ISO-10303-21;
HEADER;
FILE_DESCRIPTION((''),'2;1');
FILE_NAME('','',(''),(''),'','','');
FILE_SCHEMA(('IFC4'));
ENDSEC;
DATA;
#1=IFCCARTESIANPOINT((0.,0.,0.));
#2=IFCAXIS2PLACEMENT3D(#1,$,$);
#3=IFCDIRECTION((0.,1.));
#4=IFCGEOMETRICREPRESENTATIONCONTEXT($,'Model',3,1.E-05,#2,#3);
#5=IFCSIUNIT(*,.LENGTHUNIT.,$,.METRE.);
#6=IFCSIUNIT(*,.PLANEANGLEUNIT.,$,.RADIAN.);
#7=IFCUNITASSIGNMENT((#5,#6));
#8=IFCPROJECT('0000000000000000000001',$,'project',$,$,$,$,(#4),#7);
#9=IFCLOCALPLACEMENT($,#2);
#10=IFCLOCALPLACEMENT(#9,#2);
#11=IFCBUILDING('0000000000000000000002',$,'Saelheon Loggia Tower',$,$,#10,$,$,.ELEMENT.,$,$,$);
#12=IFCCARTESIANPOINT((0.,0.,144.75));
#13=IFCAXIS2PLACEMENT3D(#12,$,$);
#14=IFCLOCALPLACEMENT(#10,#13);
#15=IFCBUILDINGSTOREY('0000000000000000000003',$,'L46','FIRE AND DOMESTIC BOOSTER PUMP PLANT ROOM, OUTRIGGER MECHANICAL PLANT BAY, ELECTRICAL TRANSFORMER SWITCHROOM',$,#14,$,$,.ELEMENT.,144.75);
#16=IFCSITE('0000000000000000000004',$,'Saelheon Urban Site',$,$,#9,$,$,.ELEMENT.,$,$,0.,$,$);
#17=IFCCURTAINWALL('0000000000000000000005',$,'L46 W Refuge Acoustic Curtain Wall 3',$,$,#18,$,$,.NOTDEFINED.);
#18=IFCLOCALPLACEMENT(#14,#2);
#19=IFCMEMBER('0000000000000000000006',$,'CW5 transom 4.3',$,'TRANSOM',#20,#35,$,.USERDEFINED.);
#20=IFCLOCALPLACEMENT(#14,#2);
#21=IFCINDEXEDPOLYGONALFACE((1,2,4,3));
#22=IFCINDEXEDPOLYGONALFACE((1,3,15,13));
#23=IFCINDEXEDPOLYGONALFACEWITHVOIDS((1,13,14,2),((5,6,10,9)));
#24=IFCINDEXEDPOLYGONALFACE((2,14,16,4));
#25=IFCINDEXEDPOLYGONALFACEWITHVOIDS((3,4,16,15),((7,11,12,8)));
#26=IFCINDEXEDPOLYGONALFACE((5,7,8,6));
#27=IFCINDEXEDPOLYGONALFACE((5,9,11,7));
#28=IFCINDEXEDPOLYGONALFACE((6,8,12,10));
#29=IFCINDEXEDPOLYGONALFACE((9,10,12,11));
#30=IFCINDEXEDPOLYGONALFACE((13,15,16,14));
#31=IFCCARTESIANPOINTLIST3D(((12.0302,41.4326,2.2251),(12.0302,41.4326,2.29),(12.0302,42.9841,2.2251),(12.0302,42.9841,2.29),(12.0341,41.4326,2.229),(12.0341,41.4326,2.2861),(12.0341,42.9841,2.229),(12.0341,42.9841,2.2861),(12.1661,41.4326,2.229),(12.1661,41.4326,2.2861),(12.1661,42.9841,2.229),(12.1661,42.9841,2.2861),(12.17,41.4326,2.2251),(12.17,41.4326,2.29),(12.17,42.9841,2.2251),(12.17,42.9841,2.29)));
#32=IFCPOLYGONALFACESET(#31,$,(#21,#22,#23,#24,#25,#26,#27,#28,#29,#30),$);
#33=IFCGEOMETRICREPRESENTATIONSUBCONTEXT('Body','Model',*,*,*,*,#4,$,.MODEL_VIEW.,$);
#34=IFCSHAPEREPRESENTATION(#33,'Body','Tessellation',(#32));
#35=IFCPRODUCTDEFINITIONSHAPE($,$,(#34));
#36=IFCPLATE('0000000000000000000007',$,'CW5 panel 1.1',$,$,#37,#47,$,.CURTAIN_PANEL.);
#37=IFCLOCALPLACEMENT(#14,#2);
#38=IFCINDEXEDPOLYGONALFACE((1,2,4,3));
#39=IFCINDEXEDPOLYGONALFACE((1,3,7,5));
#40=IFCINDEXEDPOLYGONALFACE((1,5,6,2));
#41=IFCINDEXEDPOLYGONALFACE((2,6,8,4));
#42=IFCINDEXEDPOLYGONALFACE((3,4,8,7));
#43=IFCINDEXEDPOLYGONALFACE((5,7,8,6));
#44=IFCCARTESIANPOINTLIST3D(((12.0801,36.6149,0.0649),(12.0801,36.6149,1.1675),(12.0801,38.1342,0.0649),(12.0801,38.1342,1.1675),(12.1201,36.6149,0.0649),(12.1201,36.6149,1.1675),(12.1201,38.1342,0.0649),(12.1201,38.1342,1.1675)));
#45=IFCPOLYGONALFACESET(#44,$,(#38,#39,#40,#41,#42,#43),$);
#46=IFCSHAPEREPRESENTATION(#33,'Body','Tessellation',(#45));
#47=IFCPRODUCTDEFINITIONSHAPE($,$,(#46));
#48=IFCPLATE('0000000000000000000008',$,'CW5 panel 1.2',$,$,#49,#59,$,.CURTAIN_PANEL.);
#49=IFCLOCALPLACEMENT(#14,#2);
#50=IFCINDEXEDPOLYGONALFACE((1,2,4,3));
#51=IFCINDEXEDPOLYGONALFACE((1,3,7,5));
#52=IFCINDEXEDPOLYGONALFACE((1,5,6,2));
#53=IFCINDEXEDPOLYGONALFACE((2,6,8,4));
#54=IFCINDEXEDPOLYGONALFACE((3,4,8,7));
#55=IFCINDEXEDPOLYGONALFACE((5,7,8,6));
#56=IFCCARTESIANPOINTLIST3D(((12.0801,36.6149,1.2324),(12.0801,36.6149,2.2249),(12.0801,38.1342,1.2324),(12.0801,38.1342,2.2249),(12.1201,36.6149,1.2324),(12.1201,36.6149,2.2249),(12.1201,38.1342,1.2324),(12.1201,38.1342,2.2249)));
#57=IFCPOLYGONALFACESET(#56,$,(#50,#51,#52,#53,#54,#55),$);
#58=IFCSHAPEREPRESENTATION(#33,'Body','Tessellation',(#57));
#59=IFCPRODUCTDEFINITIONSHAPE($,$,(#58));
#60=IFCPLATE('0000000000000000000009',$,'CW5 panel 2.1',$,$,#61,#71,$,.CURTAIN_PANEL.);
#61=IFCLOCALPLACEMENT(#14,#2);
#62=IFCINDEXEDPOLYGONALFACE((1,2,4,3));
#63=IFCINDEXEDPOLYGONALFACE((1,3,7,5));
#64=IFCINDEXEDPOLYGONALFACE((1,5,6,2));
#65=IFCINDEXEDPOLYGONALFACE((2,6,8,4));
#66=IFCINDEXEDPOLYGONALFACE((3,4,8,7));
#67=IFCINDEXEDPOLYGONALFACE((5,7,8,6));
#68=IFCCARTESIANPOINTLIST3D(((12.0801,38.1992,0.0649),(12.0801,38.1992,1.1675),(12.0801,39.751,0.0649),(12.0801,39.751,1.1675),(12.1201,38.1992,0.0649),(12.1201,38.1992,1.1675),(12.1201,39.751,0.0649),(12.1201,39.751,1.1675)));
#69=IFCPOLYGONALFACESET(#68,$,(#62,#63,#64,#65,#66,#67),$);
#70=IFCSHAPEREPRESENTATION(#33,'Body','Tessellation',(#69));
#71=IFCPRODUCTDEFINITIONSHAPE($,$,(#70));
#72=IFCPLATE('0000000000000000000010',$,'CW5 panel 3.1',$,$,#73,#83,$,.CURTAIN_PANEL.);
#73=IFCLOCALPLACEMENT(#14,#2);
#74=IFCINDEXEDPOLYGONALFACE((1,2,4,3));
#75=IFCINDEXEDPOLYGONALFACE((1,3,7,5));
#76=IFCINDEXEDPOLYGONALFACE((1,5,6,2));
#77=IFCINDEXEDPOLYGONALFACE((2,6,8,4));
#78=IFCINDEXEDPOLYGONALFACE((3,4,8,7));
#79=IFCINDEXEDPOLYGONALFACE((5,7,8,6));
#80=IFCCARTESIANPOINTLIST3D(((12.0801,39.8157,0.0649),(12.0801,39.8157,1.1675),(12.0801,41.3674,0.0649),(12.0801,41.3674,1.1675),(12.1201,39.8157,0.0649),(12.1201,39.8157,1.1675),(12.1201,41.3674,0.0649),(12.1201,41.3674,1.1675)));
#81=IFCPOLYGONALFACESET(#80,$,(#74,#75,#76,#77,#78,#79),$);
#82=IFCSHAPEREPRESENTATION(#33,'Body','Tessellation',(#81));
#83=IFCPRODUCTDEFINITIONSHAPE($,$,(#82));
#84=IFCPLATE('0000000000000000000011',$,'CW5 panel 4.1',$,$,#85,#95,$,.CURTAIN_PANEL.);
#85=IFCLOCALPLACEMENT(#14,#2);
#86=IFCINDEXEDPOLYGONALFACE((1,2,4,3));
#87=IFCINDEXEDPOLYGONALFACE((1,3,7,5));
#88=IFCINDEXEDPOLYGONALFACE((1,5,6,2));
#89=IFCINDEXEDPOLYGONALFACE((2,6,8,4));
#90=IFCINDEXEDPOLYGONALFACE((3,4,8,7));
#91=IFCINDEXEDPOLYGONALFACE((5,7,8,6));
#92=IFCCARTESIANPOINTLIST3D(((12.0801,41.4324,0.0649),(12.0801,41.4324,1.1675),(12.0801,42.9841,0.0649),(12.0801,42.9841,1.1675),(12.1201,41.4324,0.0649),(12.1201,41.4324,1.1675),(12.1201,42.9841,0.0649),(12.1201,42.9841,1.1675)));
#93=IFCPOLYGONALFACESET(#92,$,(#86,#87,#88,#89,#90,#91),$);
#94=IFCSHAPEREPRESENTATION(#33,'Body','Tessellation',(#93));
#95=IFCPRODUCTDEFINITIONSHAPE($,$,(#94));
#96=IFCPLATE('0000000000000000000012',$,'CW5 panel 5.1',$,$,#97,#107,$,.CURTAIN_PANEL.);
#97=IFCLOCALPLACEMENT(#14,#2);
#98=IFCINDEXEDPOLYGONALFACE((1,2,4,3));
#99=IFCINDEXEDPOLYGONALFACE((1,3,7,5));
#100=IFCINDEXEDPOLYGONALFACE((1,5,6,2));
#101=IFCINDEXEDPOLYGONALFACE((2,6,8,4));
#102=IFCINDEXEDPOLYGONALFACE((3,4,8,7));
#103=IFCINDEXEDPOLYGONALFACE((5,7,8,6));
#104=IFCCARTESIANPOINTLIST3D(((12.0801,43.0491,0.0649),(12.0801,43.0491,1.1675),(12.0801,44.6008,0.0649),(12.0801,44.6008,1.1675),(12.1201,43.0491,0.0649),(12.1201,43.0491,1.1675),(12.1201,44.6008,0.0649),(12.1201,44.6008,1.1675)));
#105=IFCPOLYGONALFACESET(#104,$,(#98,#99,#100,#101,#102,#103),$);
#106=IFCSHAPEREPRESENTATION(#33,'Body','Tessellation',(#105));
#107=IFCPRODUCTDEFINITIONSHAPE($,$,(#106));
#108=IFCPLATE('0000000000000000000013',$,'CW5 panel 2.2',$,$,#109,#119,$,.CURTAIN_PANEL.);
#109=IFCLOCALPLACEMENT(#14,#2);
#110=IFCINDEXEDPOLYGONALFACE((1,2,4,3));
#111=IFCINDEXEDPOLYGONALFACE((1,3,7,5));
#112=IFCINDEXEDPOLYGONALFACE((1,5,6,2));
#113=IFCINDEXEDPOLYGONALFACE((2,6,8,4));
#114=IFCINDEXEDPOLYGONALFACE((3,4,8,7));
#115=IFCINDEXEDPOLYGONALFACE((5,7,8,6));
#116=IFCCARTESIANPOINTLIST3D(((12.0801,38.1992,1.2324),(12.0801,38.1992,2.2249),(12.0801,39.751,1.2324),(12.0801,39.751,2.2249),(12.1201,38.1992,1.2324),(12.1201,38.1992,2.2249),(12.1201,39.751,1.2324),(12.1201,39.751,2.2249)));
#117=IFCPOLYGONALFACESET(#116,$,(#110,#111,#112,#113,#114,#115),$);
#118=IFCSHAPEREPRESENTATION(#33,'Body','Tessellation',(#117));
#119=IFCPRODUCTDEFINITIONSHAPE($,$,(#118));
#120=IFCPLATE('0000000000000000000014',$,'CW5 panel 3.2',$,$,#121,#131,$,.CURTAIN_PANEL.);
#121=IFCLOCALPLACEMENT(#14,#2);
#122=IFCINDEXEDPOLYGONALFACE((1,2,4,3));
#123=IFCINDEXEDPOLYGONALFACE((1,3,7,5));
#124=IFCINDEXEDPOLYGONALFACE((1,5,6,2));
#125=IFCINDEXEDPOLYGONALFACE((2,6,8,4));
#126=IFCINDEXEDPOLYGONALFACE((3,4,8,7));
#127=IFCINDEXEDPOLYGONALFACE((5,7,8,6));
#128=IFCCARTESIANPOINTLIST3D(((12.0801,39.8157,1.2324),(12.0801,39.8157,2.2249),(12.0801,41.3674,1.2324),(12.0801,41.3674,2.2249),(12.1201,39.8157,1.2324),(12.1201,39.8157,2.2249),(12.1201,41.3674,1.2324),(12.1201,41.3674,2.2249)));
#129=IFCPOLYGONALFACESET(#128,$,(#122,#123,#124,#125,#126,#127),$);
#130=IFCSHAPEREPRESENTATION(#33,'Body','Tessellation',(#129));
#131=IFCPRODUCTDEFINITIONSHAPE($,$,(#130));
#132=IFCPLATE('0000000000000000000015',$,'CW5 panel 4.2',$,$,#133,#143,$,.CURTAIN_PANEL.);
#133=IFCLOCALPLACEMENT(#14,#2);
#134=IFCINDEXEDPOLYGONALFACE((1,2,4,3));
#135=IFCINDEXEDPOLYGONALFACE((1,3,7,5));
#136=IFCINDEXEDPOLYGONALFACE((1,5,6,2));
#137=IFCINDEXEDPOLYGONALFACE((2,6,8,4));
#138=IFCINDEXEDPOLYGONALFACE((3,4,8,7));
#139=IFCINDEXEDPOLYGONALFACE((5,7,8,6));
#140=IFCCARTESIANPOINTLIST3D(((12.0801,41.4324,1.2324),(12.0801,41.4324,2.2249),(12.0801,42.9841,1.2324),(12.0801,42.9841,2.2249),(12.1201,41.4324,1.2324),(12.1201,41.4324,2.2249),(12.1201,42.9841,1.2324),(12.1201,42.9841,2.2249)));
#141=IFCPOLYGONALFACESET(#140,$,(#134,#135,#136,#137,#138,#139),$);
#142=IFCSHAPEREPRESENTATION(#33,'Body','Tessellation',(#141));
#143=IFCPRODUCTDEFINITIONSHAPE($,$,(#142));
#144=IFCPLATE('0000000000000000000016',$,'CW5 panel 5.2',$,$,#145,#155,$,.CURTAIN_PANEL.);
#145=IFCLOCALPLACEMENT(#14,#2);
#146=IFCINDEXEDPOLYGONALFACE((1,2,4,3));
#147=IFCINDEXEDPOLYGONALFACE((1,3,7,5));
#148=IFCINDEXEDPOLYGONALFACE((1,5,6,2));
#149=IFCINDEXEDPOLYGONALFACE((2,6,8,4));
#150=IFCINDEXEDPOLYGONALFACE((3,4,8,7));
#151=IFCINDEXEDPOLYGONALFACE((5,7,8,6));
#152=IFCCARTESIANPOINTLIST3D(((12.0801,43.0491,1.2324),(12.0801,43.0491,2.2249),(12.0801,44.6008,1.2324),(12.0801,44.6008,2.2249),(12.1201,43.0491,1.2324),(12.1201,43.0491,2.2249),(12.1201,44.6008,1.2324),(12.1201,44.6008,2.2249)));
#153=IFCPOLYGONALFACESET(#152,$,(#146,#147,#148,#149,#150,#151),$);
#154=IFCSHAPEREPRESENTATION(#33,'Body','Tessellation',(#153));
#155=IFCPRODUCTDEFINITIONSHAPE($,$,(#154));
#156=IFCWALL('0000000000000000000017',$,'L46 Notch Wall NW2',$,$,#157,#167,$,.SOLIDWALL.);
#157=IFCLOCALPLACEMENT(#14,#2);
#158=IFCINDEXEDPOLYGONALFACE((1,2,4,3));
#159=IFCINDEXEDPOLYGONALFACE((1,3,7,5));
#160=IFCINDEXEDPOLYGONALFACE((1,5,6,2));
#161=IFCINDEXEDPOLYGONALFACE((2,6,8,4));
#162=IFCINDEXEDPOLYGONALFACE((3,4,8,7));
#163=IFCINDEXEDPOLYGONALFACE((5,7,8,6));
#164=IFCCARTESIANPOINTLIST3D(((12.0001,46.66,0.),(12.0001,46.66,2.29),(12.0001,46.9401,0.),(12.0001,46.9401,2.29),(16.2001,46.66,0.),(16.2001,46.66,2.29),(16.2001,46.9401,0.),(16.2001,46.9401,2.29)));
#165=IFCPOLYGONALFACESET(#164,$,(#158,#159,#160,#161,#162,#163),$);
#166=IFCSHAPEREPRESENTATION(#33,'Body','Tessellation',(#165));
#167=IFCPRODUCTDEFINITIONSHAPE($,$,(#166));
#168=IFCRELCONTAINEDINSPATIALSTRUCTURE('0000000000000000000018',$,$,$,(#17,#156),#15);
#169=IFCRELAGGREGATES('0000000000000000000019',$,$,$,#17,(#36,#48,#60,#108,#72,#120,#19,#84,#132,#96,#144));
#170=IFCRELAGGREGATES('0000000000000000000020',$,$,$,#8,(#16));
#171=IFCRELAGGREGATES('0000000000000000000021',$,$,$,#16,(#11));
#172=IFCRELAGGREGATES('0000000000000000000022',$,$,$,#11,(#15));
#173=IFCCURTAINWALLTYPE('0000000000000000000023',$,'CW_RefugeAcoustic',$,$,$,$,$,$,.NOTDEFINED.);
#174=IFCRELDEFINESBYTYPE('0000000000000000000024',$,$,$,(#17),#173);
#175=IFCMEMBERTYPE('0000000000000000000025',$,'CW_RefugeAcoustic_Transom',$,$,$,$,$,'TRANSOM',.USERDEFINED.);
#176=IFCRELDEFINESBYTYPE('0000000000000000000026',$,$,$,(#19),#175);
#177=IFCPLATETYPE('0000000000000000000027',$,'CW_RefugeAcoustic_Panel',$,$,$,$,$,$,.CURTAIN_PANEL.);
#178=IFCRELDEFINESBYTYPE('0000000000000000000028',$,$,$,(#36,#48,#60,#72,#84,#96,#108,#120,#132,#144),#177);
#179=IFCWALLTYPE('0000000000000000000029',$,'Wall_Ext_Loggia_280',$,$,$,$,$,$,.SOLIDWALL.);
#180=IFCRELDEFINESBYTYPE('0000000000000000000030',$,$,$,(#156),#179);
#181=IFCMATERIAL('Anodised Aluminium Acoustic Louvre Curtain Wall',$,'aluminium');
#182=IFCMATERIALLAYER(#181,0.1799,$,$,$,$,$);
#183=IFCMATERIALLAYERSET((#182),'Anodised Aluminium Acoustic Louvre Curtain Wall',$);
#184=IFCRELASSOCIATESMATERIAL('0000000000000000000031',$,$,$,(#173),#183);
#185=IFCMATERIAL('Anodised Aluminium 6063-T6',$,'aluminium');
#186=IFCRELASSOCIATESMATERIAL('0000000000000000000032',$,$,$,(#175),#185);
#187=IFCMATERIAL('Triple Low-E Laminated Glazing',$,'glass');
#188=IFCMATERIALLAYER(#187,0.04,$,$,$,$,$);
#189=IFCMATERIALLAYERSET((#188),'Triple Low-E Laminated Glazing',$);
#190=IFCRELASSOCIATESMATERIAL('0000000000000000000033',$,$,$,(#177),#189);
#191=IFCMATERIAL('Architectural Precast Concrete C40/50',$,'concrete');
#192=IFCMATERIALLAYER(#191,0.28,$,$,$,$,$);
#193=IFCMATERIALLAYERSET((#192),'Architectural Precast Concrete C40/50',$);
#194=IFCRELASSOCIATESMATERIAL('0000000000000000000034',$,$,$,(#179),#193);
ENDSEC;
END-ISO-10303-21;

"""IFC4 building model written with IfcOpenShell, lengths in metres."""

from ifc_helpers import new_model, si_unit, direction, frame, frame_2d, origin, origin_2d, place, context, subcontext, project, spatial, rectangle, hollow_rectangle, extrude, source, transform, mapped, material, layer, layer_set, material_profile, profile_set, type_object, element, aggregate, save


model = new_model("IFC4")

# Units and contexts
model_context = context("Model", 3, precision=1e-05, world=origin(), true_north=direction((0.0, 1.0)))
body_context = subcontext(model_context, "Body", "Model", "MODEL_VIEW")
ifc_project = project(units=[si_unit("LENGTHUNIT", "METRE"), si_unit("PLANEANGLEUNIT", "RADIAN")], contexts=[model_context])

# Site, building, storey
site_placement = place(None, origin())
site = spatial("IfcSite", under=ifc_project, at=site_placement, Name="Saelheon Urban Site", CompositionType="ELEMENT", RefElevation=0.0)
building_placement = place(site_placement, origin())
building = spatial("IfcBuilding", under=site, at=building_placement, Name="Saelheon Loggia Tower", CompositionType="ELEMENT")
storey_placement = place(building_placement, frame((0.0, 0.0, 144.75)))
storey = spatial("IfcBuildingStorey", under=building, at=storey_placement, Name="L46", Description="FIRE AND DOMESTIC BOOSTER PUMP PLANT ROOM, OUTRIGGER MECHANICAL PLANT BAY, ELECTRICAL TRANSFORMER SWITCHROOM", CompositionType="ELEMENT", Elevation=144.75)

# Curtain wall, member, plates
ifc_material_1 = material(Name="Anodised Aluminium Acoustic Louvre Curtain Wall", Category="aluminium")
ifc_layer_1 = layer(ifc_material_1, 0.1799)
ifc_layer_set_1 = layer_set([ifc_layer_1], Name="Anodised Aluminium Acoustic Louvre Curtain Wall")
curtain_wall_type = type_object("IfcCurtainWallType", Name="CW_RefugeAcoustic", PredefinedType="NOTDEFINED", material=ifc_layer_set_1)
curtain_wall_placement = place(storey_placement, origin())
curtain_wall = element("IfcCurtainWall", 1, at=curtain_wall_placement, inside=storey, type_object=curtain_wall_type, Name="L46 W Refuge Acoustic Curtain Wall 3", PredefinedType="NOTDEFINED")
ifc_material_2 = material(Name="Anodised Aluminium 6063-T6", Category="aluminium")
ifc_material_profile_1 = material_profile(ifc_material_2, hollow_rectangle(XDim=0.0649, YDim=0.1399, WallThickness=0.0039, at=origin_2d()), Name="RHS-140x65x4")
ifc_profile_set_1 = profile_set([ifc_material_profile_1], Name="Anodised Aluminium 6063-T6")
member_type_1 = type_object("IfcMemberType", Name="CW_RefugeAcoustic_Transom", ElementType="TRANSOM", PredefinedType="USERDEFINED", material=ifc_profile_set_1)
shared_shape_1 = source(origin(), body_context, "Body", "SweptSolid", [
    extrude(hollow_rectangle(XDim=0.0649, YDim=0.1399, WallThickness=0.0039, at=origin_2d()), origin(), (0.0, 0.0, 1.0), 1.5515),
])
member_1_placement = place(storey_placement, frame((12.1001, 41.4326, 2.2576), z_axis=(0.0, 1.0, 0.0), x_axis=(0.0, 0.0, 1.0)))
member_1 = element("IfcMember", 2, at=member_1_placement, type_object=member_type_1, Name="CW5 transom 4.3", ObjectType="TRANSOM", PredefinedType="USERDEFINED", context=body_context, shape_type="MappedRepresentation", body=[
    mapped(shared_shape_1, transform((0.0, 0.0, 0.0), scale=1.0)),
])
ifc_material_3 = material(Name="Triple Low-E Laminated Glazing", Category="glass")
ifc_layer_2 = layer(ifc_material_3, 0.04)
ifc_layer_set_2 = layer_set([ifc_layer_2], Name="Triple Low-E Laminated Glazing")
plate_type = type_object("IfcPlateType", Name="CW_RefugeAcoustic_Panel", PredefinedType="CURTAIN_PANEL", material=ifc_layer_set_2)
shared_shape_2 = source(origin(), body_context, "Body", "SweptSolid", [
    extrude(rectangle(XDim=1.5193, YDim=0.04, at=origin_2d()), origin(), (0.0, 0.0, 1.0), 1.1025),
])
plate_1_placement = place(storey_placement, frame((12.1001, 37.3745, 0.0649), z_axis=(0.0, 0.0, 1.0), x_axis=(0.0, 1.0, 0.0)))
plate_1 = element("IfcPlate", 3, at=plate_1_placement, type_object=plate_type, Name="CW5 panel 1.1", PredefinedType="CURTAIN_PANEL", context=body_context, shape_type="MappedRepresentation", body=[
    mapped(shared_shape_2, transform((0.0, 0.0, 0.0), scale=1.0)),
])
shared_shape_3 = source(origin(), body_context, "Body", "SweptSolid", [
    extrude(rectangle(XDim=1.5193, YDim=0.04, at=origin_2d()), origin(), (0.0, 0.0, 1.0), 0.9924),
])
plate_2_placement = place(storey_placement, frame((12.1001, 37.3745, 1.2324), z_axis=(0.0, 0.0, 1.0), x_axis=(0.0, 1.0, 0.0)))
plate_2 = element("IfcPlate", 4, at=plate_2_placement, type_object=plate_type, Name="CW5 panel 1.2", PredefinedType="CURTAIN_PANEL", context=body_context, shape_type="MappedRepresentation", body=[
    mapped(shared_shape_3, transform((0.0, 0.0, 0.0), scale=1.0)),
])
shared_shape_4 = source(origin(), body_context, "Body", "SweptSolid", [
    extrude(rectangle(XDim=1.5518, YDim=0.04, at=origin_2d()), origin(), (0.0, 0.0, 1.0), 1.1025),
])
plate_3_placement = place(storey_placement, frame((12.1001, 38.9751, 0.0649), z_axis=(0.0, 0.0, 1.0), x_axis=(0.0, 1.0, 0.0)))
plate_3 = element("IfcPlate", 5, at=plate_3_placement, type_object=plate_type, Name="CW5 panel 2.1", PredefinedType="CURTAIN_PANEL", context=body_context, shape_type="MappedRepresentation", body=[
    mapped(shared_shape_4, transform((0.0, 0.0, 0.0), scale=1.0)),
])
plate_4_placement = place(storey_placement, frame((12.1001, 40.5916, 0.0649), z_axis=(0.0, 0.0, 1.0), x_axis=(0.0, 1.0, 0.0)))
plate_4 = element("IfcPlate", 6, at=plate_4_placement, type_object=plate_type, Name="CW5 panel 3.1", PredefinedType="CURTAIN_PANEL", context=body_context, shape_type="MappedRepresentation", body=[
    mapped(shared_shape_4, transform((0.0, 0.0, 0.0), scale=1.0)),
])
plate_5_placement = place(storey_placement, frame((12.1001, 42.2083, 0.0649), z_axis=(0.0, 0.0, 1.0), x_axis=(0.0, 1.0, 0.0)))
plate_5 = element("IfcPlate", 7, at=plate_5_placement, type_object=plate_type, Name="CW5 panel 4.1", PredefinedType="CURTAIN_PANEL", context=body_context, shape_type="MappedRepresentation", body=[
    mapped(shared_shape_4, transform((0.0, 0.0, 0.0), scale=1.0)),
])
plate_6_placement = place(storey_placement, frame((12.1001, 43.825, 0.0649), z_axis=(0.0, 0.0, 1.0), x_axis=(0.0, 1.0, 0.0)))
plate_6 = element("IfcPlate", 8, at=plate_6_placement, type_object=plate_type, Name="CW5 panel 5.1", PredefinedType="CURTAIN_PANEL", context=body_context, shape_type="MappedRepresentation", body=[
    mapped(shared_shape_4, transform((0.0, 0.0, 0.0), scale=1.0)),
])
shared_shape_5 = source(origin(), body_context, "Body", "SweptSolid", [
    extrude(rectangle(XDim=1.5518, YDim=0.04, at=origin_2d()), origin(), (0.0, 0.0, 1.0), 0.9924),
])
plate_7_placement = place(storey_placement, frame((12.1001, 38.9751, 1.2324), z_axis=(0.0, 0.0, 1.0), x_axis=(0.0, 1.0, 0.0)))
plate_7 = element("IfcPlate", 9, at=plate_7_placement, type_object=plate_type, Name="CW5 panel 2.2", PredefinedType="CURTAIN_PANEL", context=body_context, shape_type="MappedRepresentation", body=[
    mapped(shared_shape_5, transform((0.0, 0.0, 0.0), scale=1.0)),
])
plate_8_placement = place(storey_placement, frame((12.1001, 40.5916, 1.2324), z_axis=(0.0, 0.0, 1.0), x_axis=(0.0, 1.0, 0.0)))
plate_8 = element("IfcPlate", 10, at=plate_8_placement, type_object=plate_type, Name="CW5 panel 3.2", PredefinedType="CURTAIN_PANEL", context=body_context, shape_type="MappedRepresentation", body=[
    mapped(shared_shape_5, transform((0.0, 0.0, 0.0), scale=1.0)),
])
plate_9_placement = place(storey_placement, frame((12.1001, 42.2083, 1.2324), z_axis=(0.0, 0.0, 1.0), x_axis=(0.0, 1.0, 0.0)))
plate_9 = element("IfcPlate", 11, at=plate_9_placement, type_object=plate_type, Name="CW5 panel 4.2", PredefinedType="CURTAIN_PANEL", context=body_context, shape_type="MappedRepresentation", body=[
    mapped(shared_shape_5, transform((0.0, 0.0, 0.0), scale=1.0)),
])
plate_10_placement = place(storey_placement, frame((12.1001, 43.825, 1.2324), z_axis=(0.0, 0.0, 1.0), x_axis=(0.0, 1.0, 0.0)))
plate_10 = element("IfcPlate", 12, at=plate_10_placement, type_object=plate_type, Name="CW5 panel 5.2", PredefinedType="CURTAIN_PANEL", context=body_context, shape_type="MappedRepresentation", body=[
    mapped(shared_shape_5, transform((0.0, 0.0, 0.0), scale=1.0)),
])
aggregate(curtain_wall, [plate_1, plate_2, plate_3, plate_7, plate_4, plate_8, member_1, plate_5, plate_9, plate_6, plate_10])

# Wall
ifc_material_4 = material(Name="Architectural Precast Concrete C40/50", Category="concrete")
ifc_layer_3 = layer(ifc_material_4, 0.28)
ifc_layer_set_3 = layer_set([ifc_layer_3], Name="Architectural Precast Concrete C40/50")
wall_type = type_object("IfcWallType", Name="Wall_Ext_Loggia_280", PredefinedType="SOLIDWALL", material=ifc_layer_set_3)
wall_placement = place(storey_placement, frame((12.0, 46.8, 0.0), z_axis=(0.0, 0.0, 1.0), x_axis=(1.0, 0.0, 0.0)))
element("IfcWall", 13, at=wall_placement, inside=storey, type_object=wall_type, Name="L46 Notch Wall NW2", PredefinedType="SOLIDWALL", context=body_context, shape_type="SweptSolid", body=[
    extrude(rectangle(XDim=4.2, YDim=0.28, at=frame_2d((2.1001, 0.0))), origin(), (0.0, 0.0, 1.0), 2.29),
])

save(model, "model.ifc")
